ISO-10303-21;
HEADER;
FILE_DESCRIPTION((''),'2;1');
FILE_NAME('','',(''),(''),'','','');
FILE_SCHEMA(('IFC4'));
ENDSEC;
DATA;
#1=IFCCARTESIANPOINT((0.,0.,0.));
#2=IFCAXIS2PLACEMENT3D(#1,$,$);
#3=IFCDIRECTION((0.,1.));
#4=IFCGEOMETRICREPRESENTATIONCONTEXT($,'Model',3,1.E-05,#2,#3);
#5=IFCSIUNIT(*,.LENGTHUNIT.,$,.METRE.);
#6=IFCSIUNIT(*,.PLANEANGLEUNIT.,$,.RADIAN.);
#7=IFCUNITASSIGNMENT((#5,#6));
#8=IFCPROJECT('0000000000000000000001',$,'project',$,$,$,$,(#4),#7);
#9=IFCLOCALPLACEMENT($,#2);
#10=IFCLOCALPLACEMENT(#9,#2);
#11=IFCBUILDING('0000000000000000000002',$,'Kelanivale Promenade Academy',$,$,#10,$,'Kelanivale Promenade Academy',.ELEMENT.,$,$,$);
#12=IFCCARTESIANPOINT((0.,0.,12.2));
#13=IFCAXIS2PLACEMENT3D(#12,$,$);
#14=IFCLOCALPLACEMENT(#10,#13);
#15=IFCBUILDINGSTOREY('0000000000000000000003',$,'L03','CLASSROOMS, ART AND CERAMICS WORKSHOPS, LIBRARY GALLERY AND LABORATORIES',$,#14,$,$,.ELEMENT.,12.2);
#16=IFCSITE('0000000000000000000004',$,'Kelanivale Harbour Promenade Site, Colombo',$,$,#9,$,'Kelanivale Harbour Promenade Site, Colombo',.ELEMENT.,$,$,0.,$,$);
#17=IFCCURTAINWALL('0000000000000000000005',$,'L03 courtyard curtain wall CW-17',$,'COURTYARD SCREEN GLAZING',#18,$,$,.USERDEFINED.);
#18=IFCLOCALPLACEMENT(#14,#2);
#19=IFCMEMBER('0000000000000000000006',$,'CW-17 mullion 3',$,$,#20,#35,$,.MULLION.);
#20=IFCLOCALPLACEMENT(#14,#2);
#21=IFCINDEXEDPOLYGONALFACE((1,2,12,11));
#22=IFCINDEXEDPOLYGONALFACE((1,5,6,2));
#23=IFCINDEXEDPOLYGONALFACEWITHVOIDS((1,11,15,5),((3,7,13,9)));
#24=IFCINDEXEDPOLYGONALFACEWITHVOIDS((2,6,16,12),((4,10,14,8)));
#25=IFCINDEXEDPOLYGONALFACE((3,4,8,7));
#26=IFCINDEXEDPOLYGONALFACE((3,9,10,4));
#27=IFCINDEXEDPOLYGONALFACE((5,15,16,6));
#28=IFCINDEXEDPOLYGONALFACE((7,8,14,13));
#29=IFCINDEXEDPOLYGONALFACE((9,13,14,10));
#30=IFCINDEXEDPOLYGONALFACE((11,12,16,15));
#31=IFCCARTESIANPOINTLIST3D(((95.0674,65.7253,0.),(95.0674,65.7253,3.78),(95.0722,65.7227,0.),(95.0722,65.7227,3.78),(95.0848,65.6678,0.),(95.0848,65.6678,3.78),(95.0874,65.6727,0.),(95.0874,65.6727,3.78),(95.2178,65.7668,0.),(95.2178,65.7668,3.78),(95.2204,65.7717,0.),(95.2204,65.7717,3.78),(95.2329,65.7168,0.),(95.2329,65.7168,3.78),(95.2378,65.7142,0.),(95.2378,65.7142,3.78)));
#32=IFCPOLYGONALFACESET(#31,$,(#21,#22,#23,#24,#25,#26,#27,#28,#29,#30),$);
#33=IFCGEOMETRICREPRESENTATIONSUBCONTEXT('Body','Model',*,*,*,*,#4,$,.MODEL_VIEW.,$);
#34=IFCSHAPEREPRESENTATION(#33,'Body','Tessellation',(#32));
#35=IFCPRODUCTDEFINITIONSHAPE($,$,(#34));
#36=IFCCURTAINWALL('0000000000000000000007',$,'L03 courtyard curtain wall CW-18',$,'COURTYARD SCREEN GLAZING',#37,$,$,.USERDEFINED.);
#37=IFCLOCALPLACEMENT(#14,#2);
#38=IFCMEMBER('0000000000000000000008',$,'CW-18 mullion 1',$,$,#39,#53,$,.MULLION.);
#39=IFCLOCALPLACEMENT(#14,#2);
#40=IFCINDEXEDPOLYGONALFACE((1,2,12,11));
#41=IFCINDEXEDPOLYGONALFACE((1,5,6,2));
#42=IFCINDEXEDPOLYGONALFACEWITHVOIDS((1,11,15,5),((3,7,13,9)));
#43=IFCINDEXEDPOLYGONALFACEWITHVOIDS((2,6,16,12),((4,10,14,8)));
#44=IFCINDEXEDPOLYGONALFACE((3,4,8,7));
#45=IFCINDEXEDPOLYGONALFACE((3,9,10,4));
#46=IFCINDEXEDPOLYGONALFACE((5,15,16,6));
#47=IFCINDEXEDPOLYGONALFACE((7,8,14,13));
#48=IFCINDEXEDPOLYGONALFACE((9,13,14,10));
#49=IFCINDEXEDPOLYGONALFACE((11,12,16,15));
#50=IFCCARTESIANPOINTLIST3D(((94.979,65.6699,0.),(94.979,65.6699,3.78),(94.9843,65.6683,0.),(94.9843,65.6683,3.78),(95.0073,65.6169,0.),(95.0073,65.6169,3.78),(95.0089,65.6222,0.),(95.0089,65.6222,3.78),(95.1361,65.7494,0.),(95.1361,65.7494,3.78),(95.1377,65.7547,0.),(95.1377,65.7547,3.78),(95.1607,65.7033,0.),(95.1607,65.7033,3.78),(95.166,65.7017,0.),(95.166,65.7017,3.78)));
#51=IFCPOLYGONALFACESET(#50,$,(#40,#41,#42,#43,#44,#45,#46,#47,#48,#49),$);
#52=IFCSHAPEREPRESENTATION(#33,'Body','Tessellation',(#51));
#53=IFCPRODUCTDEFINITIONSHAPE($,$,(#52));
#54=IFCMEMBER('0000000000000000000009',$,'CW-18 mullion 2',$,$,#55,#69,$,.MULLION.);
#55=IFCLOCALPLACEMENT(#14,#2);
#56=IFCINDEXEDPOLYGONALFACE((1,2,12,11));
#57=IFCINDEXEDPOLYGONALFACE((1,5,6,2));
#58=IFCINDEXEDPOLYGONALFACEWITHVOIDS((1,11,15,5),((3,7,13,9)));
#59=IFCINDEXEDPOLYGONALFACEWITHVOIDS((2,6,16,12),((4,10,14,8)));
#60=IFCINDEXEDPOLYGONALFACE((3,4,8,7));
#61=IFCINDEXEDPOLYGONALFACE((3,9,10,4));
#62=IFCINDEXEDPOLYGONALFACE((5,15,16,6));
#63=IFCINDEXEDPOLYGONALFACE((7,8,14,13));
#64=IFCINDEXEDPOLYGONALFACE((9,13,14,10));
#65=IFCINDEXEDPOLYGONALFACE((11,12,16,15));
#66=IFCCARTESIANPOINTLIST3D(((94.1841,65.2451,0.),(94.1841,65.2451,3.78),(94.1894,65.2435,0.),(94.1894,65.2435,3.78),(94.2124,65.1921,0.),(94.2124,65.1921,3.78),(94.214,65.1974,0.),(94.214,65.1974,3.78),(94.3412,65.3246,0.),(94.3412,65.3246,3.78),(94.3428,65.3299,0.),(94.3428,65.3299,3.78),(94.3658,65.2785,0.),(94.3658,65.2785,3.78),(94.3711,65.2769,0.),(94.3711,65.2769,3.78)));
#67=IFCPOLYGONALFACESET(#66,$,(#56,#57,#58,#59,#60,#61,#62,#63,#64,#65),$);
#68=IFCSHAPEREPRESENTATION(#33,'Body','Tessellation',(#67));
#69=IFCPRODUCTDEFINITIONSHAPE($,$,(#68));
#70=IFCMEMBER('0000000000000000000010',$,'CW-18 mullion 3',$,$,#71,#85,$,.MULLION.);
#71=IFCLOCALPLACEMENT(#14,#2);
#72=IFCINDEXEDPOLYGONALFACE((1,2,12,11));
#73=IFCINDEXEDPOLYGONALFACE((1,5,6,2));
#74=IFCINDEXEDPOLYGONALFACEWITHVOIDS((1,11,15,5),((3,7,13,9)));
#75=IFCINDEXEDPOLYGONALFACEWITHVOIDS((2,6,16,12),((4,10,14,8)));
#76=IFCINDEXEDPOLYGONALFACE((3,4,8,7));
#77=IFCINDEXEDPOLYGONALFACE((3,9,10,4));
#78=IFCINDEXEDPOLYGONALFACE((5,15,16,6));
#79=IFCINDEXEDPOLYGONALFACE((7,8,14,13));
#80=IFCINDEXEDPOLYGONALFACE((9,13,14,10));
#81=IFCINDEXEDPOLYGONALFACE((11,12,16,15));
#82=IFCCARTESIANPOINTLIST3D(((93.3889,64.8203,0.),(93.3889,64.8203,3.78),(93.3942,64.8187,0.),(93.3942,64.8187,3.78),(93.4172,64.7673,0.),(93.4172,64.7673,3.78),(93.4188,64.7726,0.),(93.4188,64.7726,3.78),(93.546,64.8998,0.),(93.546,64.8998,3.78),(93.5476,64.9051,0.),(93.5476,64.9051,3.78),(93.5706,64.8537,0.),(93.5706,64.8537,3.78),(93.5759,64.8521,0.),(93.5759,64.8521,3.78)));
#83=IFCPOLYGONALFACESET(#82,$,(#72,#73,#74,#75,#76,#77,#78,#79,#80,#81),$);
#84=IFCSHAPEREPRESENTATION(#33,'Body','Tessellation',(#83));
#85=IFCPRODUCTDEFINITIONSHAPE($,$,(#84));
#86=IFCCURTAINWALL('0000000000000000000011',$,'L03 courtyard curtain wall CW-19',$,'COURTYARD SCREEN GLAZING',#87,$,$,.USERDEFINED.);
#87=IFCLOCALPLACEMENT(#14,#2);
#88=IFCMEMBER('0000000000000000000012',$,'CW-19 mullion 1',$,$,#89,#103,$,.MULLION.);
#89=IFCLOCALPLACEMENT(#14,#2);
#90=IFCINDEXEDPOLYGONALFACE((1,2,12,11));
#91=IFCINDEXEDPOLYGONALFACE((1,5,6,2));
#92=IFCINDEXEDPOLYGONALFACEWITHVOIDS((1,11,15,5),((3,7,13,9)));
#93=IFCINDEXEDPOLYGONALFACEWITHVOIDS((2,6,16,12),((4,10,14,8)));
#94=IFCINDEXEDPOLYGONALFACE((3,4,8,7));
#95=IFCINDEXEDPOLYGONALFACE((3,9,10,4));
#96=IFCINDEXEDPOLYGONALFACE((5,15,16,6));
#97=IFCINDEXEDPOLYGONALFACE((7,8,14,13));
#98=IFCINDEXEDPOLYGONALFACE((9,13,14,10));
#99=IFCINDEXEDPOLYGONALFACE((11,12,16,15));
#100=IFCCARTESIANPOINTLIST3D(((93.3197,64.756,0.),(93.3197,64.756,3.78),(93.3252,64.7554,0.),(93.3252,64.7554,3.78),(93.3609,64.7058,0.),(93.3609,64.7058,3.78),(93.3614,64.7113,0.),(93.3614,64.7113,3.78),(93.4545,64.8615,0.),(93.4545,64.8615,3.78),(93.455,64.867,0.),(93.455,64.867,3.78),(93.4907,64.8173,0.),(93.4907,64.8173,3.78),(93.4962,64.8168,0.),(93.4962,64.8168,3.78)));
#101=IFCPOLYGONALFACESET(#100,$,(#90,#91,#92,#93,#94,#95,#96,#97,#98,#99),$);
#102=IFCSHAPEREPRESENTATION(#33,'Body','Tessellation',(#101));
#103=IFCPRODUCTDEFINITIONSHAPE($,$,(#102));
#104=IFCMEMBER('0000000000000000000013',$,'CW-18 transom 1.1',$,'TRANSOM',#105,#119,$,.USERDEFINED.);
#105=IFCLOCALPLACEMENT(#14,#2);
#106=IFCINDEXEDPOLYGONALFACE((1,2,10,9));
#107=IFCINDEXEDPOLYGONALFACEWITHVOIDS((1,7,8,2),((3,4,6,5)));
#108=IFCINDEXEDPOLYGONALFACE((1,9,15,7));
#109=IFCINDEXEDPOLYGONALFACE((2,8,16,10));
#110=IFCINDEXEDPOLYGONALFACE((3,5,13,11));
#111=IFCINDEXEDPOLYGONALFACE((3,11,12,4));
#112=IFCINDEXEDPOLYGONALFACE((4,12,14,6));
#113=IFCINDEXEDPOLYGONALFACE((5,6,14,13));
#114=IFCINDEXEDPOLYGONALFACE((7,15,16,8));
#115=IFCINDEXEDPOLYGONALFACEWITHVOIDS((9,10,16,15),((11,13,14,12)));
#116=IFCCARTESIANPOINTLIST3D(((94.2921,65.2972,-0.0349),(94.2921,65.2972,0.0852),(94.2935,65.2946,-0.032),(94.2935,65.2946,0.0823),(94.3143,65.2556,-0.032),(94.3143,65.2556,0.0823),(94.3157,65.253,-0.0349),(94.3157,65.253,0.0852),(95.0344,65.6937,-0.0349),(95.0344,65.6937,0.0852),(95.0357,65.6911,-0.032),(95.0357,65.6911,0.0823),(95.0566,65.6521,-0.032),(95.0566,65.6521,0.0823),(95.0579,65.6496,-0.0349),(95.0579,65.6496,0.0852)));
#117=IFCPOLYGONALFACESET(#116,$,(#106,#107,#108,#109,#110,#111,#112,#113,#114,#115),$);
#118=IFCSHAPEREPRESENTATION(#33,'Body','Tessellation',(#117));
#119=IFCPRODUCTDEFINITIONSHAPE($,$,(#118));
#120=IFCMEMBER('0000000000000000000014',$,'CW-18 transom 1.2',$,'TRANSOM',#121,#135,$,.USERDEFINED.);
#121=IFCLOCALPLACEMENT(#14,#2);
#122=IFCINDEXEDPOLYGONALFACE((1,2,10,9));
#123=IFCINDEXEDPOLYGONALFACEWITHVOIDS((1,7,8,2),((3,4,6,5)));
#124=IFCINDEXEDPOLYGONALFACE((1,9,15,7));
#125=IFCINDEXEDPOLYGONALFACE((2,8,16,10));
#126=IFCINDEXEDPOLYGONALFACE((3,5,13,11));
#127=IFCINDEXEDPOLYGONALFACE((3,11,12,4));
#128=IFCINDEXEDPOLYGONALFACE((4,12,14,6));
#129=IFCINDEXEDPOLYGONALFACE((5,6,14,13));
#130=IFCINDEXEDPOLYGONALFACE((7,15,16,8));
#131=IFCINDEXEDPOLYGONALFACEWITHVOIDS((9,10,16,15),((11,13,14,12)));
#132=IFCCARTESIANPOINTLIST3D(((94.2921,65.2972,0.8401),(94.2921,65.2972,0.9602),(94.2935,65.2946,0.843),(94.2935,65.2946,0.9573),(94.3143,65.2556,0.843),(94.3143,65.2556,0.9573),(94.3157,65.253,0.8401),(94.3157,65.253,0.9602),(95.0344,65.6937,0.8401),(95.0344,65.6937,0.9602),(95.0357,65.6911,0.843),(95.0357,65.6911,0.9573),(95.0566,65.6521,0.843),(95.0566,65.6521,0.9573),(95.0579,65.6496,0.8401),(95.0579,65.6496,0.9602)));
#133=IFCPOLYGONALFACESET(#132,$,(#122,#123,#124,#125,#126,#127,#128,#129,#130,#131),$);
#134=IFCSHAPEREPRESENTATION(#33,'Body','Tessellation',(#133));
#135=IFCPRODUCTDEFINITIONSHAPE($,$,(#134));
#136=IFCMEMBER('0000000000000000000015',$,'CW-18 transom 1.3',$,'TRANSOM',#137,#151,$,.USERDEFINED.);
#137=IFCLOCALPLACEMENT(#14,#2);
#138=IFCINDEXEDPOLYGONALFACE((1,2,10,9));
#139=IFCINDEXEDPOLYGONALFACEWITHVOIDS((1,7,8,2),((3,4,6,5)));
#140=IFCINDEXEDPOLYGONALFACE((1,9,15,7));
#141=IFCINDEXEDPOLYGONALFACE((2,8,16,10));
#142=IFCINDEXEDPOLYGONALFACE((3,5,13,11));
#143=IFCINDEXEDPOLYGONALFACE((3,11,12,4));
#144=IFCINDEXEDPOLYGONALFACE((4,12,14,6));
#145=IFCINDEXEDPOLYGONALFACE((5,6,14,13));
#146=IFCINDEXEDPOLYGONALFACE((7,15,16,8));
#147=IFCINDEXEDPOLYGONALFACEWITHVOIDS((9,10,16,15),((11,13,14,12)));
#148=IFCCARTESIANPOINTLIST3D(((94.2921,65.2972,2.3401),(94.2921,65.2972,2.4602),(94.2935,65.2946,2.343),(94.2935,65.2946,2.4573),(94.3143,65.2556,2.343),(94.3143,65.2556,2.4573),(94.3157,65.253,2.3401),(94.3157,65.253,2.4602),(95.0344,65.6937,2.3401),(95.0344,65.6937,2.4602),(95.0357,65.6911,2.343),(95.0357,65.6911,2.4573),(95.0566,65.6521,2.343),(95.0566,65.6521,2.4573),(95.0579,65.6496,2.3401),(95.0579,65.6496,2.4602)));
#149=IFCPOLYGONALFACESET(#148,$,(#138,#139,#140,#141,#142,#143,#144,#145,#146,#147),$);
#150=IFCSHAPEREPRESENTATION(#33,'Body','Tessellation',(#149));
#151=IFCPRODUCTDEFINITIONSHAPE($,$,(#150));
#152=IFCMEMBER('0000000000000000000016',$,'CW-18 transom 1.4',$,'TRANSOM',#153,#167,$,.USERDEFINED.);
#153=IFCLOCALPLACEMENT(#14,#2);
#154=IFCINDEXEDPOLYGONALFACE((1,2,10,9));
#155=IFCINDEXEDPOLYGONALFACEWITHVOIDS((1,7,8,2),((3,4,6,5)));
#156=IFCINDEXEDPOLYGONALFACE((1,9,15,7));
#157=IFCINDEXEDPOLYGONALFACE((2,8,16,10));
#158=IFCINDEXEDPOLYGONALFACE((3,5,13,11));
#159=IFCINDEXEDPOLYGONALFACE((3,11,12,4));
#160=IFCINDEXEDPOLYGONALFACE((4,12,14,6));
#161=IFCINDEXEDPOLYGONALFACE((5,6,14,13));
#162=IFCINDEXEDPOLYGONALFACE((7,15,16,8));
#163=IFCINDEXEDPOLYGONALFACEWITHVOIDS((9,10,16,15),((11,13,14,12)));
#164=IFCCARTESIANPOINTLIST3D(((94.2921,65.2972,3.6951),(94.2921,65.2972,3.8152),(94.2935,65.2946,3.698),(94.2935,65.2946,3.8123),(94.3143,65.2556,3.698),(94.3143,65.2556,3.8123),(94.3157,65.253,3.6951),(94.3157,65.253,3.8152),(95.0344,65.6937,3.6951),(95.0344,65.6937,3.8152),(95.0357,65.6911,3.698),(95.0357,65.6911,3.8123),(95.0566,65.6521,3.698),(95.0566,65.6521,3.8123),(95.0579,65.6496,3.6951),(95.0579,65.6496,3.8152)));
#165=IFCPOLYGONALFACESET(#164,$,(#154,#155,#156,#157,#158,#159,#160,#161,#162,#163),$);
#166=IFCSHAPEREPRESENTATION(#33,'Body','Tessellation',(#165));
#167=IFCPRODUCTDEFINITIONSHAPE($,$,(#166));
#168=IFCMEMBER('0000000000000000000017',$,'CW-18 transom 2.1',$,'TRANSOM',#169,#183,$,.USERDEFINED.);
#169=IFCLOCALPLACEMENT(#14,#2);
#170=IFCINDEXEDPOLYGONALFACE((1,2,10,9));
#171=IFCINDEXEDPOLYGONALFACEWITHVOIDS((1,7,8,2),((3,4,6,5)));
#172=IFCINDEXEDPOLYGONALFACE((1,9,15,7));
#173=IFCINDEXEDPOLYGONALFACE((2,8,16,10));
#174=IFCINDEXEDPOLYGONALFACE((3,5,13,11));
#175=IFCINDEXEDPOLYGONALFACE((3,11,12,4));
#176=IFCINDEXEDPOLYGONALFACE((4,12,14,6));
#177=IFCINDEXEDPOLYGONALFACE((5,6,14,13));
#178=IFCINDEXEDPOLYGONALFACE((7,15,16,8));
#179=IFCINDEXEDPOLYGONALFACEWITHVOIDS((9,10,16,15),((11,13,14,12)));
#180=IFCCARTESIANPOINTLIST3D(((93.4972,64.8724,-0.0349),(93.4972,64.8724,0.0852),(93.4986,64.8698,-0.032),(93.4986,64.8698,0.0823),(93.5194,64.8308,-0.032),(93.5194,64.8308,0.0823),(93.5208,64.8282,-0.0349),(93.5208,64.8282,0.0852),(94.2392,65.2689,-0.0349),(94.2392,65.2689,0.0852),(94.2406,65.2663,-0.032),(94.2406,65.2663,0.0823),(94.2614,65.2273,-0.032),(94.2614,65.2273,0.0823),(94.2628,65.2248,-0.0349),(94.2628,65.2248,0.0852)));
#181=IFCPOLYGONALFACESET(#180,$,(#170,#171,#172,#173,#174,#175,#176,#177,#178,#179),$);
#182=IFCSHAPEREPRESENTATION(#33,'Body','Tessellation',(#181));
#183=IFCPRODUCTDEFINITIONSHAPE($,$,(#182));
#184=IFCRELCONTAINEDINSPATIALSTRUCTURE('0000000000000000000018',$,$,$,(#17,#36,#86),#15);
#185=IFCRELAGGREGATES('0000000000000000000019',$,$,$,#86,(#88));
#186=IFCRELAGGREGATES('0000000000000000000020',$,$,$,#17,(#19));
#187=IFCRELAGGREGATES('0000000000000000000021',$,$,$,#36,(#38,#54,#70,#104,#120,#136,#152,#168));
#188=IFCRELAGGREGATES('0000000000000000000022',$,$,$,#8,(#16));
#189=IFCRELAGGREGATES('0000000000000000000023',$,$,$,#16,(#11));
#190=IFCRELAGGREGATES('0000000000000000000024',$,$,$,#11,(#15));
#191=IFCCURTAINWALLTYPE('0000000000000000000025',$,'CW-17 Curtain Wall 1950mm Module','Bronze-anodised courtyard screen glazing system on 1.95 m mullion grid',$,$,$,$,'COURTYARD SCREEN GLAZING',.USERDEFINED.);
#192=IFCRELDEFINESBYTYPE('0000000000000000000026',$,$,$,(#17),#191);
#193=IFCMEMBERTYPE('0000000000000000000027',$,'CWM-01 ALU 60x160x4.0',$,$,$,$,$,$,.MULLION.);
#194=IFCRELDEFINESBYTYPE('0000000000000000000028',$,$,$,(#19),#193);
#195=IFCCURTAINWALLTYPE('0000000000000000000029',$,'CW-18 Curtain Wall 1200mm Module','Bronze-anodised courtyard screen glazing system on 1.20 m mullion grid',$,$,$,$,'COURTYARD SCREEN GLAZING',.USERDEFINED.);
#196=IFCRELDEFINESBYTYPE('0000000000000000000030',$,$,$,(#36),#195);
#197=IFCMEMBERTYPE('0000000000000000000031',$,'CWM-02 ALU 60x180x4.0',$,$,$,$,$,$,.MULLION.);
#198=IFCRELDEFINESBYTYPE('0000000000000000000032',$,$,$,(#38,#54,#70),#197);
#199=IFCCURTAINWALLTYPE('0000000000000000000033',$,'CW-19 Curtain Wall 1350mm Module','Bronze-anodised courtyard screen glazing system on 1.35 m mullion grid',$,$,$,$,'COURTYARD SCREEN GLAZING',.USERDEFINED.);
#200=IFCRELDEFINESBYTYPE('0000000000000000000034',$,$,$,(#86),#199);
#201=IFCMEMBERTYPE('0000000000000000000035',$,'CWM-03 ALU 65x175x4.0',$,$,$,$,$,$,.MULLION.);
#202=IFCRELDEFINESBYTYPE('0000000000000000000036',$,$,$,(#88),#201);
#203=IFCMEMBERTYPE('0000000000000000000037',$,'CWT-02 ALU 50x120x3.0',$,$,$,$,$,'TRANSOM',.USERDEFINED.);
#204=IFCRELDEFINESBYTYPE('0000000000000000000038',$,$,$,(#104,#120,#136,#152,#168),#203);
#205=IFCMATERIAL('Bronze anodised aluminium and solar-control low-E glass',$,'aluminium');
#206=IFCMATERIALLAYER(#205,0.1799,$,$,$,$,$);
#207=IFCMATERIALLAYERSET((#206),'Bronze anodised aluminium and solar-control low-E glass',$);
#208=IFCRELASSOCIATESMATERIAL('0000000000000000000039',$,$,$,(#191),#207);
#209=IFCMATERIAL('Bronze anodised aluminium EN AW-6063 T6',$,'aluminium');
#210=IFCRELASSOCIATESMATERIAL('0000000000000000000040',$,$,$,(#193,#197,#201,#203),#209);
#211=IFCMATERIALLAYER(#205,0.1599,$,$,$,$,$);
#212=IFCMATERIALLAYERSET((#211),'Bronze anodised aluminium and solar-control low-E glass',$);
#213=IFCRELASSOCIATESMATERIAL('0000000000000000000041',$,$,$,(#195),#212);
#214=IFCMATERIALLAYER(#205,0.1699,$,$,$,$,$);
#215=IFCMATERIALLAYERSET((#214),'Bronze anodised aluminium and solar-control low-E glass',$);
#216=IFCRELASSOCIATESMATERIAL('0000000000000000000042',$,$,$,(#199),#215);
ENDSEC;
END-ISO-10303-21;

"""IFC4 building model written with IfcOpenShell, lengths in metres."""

from ifc_helpers import new_model, si_unit, direction, frame, origin, origin_2d, place, context, subcontext, project, spatial, hollow_rectangle, extrude, material, layer, layer_set, material_profile, profile_set, type_object, element, aggregate, save


model = new_model("IFC4")

# Units and contexts
model_context = context("Model", 3, precision=1e-05, world=origin(), true_north=direction((0.0, 1.0)))
body_context = subcontext(model_context, "Body", "Model", "MODEL_VIEW")
ifc_project = project(units=[si_unit("LENGTHUNIT", "METRE"), si_unit("PLANEANGLEUNIT", "RADIAN")], contexts=[model_context])

# Site, building, storey
site_placement = place(None, origin())
site = spatial("IfcSite", under=ifc_project, at=site_placement, Name="Kelanivale Harbour Promenade Site, Colombo", LongName="Kelanivale Harbour Promenade Site, Colombo", CompositionType="ELEMENT", RefElevation=0.0)
building_placement = place(site_placement, origin())
building = spatial("IfcBuilding", under=site, at=building_placement, Name="Kelanivale Promenade Academy", LongName="Kelanivale Promenade Academy", CompositionType="ELEMENT")
storey_placement = place(building_placement, frame((0.0, 0.0, 12.2)))
storey = spatial("IfcBuildingStorey", under=building, at=storey_placement, Name="L03", Description="CLASSROOMS, ART AND CERAMICS WORKSHOPS, LIBRARY GALLERY AND LABORATORIES", CompositionType="ELEMENT", Elevation=12.2)

# Curtain wall, member
ifc_material_1 = material(Name="Bronze anodised aluminium and solar-control low-E glass", Category="aluminium")
ifc_layer_1 = layer(ifc_material_1, 0.1799)
ifc_layer_set_1 = layer_set([ifc_layer_1], Name="Bronze anodised aluminium and solar-control low-E glass")
curtain_wall_type_1 = type_object("IfcCurtainWallType", Name="CW-17 Curtain Wall 1950mm Module", Description="Bronze-anodised courtyard screen glazing system on 1.95 m mullion grid", ElementType="COURTYARD SCREEN GLAZING", PredefinedType="USERDEFINED", material=ifc_layer_set_1)
curtain_wall_1_placement = place(storey_placement, origin())
curtain_wall_1 = element("IfcCurtainWall", 1, at=curtain_wall_1_placement, inside=storey, type_object=curtain_wall_type_1, Name="L03 courtyard curtain wall CW-17", ObjectType="COURTYARD SCREEN GLAZING", PredefinedType="USERDEFINED")
ifc_material_2 = material(Name="Bronze anodised aluminium EN AW-6063 T6", Category="aluminium")
ifc_material_profile_1 = material_profile(ifc_material_2, hollow_rectangle(XDim=0.0601, YDim=0.1599, WallThickness=0.0039, at=origin_2d()), Name="ALU 60x160x4.0")
ifc_profile_set_1 = profile_set([ifc_material_profile_1], Name="Bronze anodised aluminium EN AW-6063 T6")
member_type_1 = type_object("IfcMemberType", Name="CWM-01 ALU 60x160x4.0", PredefinedType="MULLION", material=ifc_profile_set_1)
member_1_placement = place(storey_placement, frame((95.1526, 65.7197, 0.0), z_axis=(0.0, 0.0, 1.0), x_axis=(0.290128, -0.956988, 0.0)))
member_1 = element("IfcMember", 2, at=member_1_placement, type_object=member_type_1, Name="CW-17 mullion 3", PredefinedType="MULLION", context=body_context, shape_type="SweptSolid", body=[
    extrude(hollow_rectangle(XDim=0.0601, YDim=0.1599, WallThickness=0.0039, at=origin_2d()), origin(), (0.0, 0.0, 1.0), 3.78),
])

# Curtain wall, members
ifc_layer_2 = layer(ifc_material_1, 0.1599)
ifc_layer_set_2 = layer_set([ifc_layer_2], Name="Bronze anodised aluminium and solar-control low-E glass")
curtain_wall_type_2 = type_object("IfcCurtainWallType", Name="CW-18 Curtain Wall 1200mm Module", Description="Bronze-anodised courtyard screen glazing system on 1.20 m mullion grid", ElementType="COURTYARD SCREEN GLAZING", PredefinedType="USERDEFINED", material=ifc_layer_set_2)
curtain_wall_2_placement = place(storey_placement, origin())
curtain_wall_2 = element("IfcCurtainWall", 3, at=curtain_wall_2_placement, inside=storey, type_object=curtain_wall_type_2, Name="L03 courtyard curtain wall CW-18", ObjectType="COURTYARD SCREEN GLAZING", PredefinedType="USERDEFINED")
ifc_material_profile_2 = material_profile(ifc_material_2, hollow_rectangle(XDim=0.0601, YDim=0.1799, WallThickness=0.0039, at=origin_2d()), Name="ALU 60x180x4.0")
ifc_profile_set_2 = profile_set([ifc_material_profile_2], Name="Bronze anodised aluminium EN AW-6063 T6")
member_type_2 = type_object("IfcMemberType", Name="CWM-02 ALU 60x180x4.0", PredefinedType="MULLION", material=ifc_profile_set_2)
member_2_placement = place(storey_placement, frame((95.0725, 65.6858, 0.0), z_axis=(0.0, 0.0, 1.0), x_axis=(0.471312, -0.881966, 0.0)))
member_2 = element("IfcMember", 4, at=member_2_placement, type_object=member_type_2, Name="CW-18 mullion 1", PredefinedType="MULLION", context=body_context, shape_type="SweptSolid", body=[
    extrude(hollow_rectangle(XDim=0.0601, YDim=0.1799, WallThickness=0.0039, at=origin_2d()), origin(), (0.0, 0.0, 1.0), 3.78),
])
member_3_placement = place(storey_placement, frame((94.2776, 65.261, 0.0), z_axis=(0.0, 0.0, 1.0), x_axis=(0.471312, -0.881966, 0.0)))
member_3 = element("IfcMember", 5, at=member_3_placement, type_object=member_type_2, Name="CW-18 mullion 2", PredefinedType="MULLION", context=body_context, shape_type="SweptSolid", body=[
    extrude(hollow_rectangle(XDim=0.0601, YDim=0.1799, WallThickness=0.0039, at=origin_2d()), origin(), (0.0, 0.0, 1.0), 3.78),
])
member_4_placement = place(storey_placement, frame((93.4824, 64.8362, 0.0), z_axis=(0.0, 0.0, 1.0), x_axis=(0.471312, -0.881966, 0.0)))
member_4 = element("IfcMember", 6, at=member_4_placement, type_object=member_type_2, Name="CW-18 mullion 3", PredefinedType="MULLION", context=body_context, shape_type="SweptSolid", body=[
    extrude(hollow_rectangle(XDim=0.0601, YDim=0.1799, WallThickness=0.0039, at=origin_2d()), origin(), (0.0, 0.0, 1.0), 3.78),
])

# Curtain wall, member
ifc_layer_3 = layer(ifc_material_1, 0.1699)
ifc_layer_set_3 = layer_set([ifc_layer_3], Name="Bronze anodised aluminium and solar-control low-E glass")
curtain_wall_type_3 = type_object("IfcCurtainWallType", Name="CW-19 Curtain Wall 1350mm Module", Description="Bronze-anodised courtyard screen glazing system on 1.35 m mullion grid", ElementType="COURTYARD SCREEN GLAZING", PredefinedType="USERDEFINED", material=ifc_layer_set_3)
curtain_wall_3_placement = place(storey_placement, origin())
curtain_wall_3 = element("IfcCurtainWall", 7, at=curtain_wall_3_placement, inside=storey, type_object=curtain_wall_type_3, Name="L03 courtyard curtain wall CW-19", ObjectType="COURTYARD SCREEN GLAZING", PredefinedType="USERDEFINED")
ifc_material_profile_3 = material_profile(ifc_material_2, hollow_rectangle(XDim=0.0649, YDim=0.175, WallThickness=0.0039, at=origin_2d()), Name="ALU 65x175x4.0")
ifc_profile_set_3 = profile_set([ifc_material_profile_3], Name="Bronze anodised aluminium EN AW-6063 T6")
member_type_3 = type_object("IfcMemberType", Name="CWM-03 ALU 65x175x4.0", PredefinedType="MULLION", material=ifc_profile_set_3)
member_5_placement = place(storey_placement, frame((93.408, 64.7864, 0.0), z_axis=(0.0, 0.0, 1.0), x_axis=(0.634093, -0.773257, 0.0)))
member_5 = element("IfcMember", 8, at=member_5_placement, type_object=member_type_3, Name="CW-19 mullion 1", PredefinedType="MULLION", context=body_context, shape_type="SweptSolid", body=[
    extrude(hollow_rectangle(XDim=0.0649, YDim=0.175, WallThickness=0.0039, at=origin_2d()), origin(), (0.0, 0.0, 1.0), 3.78),
])

# Members
ifc_material_profile_4 = material_profile(ifc_material_2, hollow_rectangle(XDim=0.05, YDim=0.1201, WallThickness=0.0029, at=origin_2d()), Name="ALU 50x120x3.0")
ifc_profile_set_4 = profile_set([ifc_material_profile_4], Name="Bronze anodised aluminium EN AW-6063 T6")
member_type_4 = type_object("IfcMemberType", Name="CWT-02 ALU 50x120x3.0", ElementType="TRANSOM", PredefinedType="USERDEFINED", material=ifc_profile_set_4)
member_6_placement = place(storey_placement, frame((95.0461, 65.6716, 0.0251), z_axis=(-0.882031, -0.47119, 0.0), x_axis=(0.47119, -0.882031, 0.0)))
member_6 = element("IfcMember", 9, at=member_6_placement, type_object=member_type_4, Name="CW-18 transom 1.1", ObjectType="TRANSOM", PredefinedType="USERDEFINED", context=body_context, shape_type="SweptSolid", body=[
    extrude(hollow_rectangle(XDim=0.05, YDim=0.1201, WallThickness=0.0029, at=origin_2d()), origin(), (0.0, 0.0, 1.0), 0.8416),
])
member_7_placement = place(storey_placement, frame((95.0461, 65.6716, 0.9001), z_axis=(-0.882031, -0.47119, 0.0), x_axis=(0.47119, -0.882031, 0.0)))
member_7 = element("IfcMember", 10, at=member_7_placement, type_object=member_type_4, Name="CW-18 transom 1.2", ObjectType="TRANSOM", PredefinedType="USERDEFINED", context=body_context, shape_type="SweptSolid", body=[
    extrude(hollow_rectangle(XDim=0.05, YDim=0.1201, WallThickness=0.0029, at=origin_2d()), origin(), (0.0, 0.0, 1.0), 0.8416),
])
member_8_placement = place(storey_placement, frame((95.0461, 65.6716, 2.4001), z_axis=(-0.882031, -0.47119, 0.0), x_axis=(0.47119, -0.882031, 0.0)))
member_8 = element("IfcMember", 11, at=member_8_placement, type_object=member_type_4, Name="CW-18 transom 1.3", ObjectType="TRANSOM", PredefinedType="USERDEFINED", context=body_context, shape_type="SweptSolid", body=[
    extrude(hollow_rectangle(XDim=0.05, YDim=0.1201, WallThickness=0.0029, at=origin_2d()), origin(), (0.0, 0.0, 1.0), 0.8416),
])
member_9_placement = place(storey_placement, frame((95.0461, 65.6716, 3.7551), z_axis=(-0.882031, -0.47119, 0.0), x_axis=(0.47119, -0.882031, 0.0)))
member_9 = element("IfcMember", 12, at=member_9_placement, type_object=member_type_4, Name="CW-18 transom 1.4", ObjectType="TRANSOM", PredefinedType="USERDEFINED", context=body_context, shape_type="SweptSolid", body=[
    extrude(hollow_rectangle(XDim=0.05, YDim=0.1201, WallThickness=0.0029, at=origin_2d()), origin(), (0.0, 0.0, 1.0), 0.8416),
])
member_10_placement = place(storey_placement, frame((94.251, 65.2468, 0.0251), z_axis=(-0.881967, -0.471311, 0.0), x_axis=(0.471311, -0.881967, 0.0)))
member_10 = element("IfcMember", 13, at=member_10_placement, type_object=member_type_4, Name="CW-18 transom 2.1", ObjectType="TRANSOM", PredefinedType="USERDEFINED", context=body_context, shape_type="SweptSolid", body=[
    extrude(hollow_rectangle(XDim=0.05, YDim=0.1201, WallThickness=0.0029, at=origin_2d()), origin(), (0.0, 0.0, 1.0), 0.8413),
])
aggregate(curtain_wall_3, [member_5])

aggregate(curtain_wall_1, [member_1])

aggregate(curtain_wall_2, [member_2, member_3, member_4, member_6, member_7, member_8, member_9, member_10])

save(model, "model.ifc")
